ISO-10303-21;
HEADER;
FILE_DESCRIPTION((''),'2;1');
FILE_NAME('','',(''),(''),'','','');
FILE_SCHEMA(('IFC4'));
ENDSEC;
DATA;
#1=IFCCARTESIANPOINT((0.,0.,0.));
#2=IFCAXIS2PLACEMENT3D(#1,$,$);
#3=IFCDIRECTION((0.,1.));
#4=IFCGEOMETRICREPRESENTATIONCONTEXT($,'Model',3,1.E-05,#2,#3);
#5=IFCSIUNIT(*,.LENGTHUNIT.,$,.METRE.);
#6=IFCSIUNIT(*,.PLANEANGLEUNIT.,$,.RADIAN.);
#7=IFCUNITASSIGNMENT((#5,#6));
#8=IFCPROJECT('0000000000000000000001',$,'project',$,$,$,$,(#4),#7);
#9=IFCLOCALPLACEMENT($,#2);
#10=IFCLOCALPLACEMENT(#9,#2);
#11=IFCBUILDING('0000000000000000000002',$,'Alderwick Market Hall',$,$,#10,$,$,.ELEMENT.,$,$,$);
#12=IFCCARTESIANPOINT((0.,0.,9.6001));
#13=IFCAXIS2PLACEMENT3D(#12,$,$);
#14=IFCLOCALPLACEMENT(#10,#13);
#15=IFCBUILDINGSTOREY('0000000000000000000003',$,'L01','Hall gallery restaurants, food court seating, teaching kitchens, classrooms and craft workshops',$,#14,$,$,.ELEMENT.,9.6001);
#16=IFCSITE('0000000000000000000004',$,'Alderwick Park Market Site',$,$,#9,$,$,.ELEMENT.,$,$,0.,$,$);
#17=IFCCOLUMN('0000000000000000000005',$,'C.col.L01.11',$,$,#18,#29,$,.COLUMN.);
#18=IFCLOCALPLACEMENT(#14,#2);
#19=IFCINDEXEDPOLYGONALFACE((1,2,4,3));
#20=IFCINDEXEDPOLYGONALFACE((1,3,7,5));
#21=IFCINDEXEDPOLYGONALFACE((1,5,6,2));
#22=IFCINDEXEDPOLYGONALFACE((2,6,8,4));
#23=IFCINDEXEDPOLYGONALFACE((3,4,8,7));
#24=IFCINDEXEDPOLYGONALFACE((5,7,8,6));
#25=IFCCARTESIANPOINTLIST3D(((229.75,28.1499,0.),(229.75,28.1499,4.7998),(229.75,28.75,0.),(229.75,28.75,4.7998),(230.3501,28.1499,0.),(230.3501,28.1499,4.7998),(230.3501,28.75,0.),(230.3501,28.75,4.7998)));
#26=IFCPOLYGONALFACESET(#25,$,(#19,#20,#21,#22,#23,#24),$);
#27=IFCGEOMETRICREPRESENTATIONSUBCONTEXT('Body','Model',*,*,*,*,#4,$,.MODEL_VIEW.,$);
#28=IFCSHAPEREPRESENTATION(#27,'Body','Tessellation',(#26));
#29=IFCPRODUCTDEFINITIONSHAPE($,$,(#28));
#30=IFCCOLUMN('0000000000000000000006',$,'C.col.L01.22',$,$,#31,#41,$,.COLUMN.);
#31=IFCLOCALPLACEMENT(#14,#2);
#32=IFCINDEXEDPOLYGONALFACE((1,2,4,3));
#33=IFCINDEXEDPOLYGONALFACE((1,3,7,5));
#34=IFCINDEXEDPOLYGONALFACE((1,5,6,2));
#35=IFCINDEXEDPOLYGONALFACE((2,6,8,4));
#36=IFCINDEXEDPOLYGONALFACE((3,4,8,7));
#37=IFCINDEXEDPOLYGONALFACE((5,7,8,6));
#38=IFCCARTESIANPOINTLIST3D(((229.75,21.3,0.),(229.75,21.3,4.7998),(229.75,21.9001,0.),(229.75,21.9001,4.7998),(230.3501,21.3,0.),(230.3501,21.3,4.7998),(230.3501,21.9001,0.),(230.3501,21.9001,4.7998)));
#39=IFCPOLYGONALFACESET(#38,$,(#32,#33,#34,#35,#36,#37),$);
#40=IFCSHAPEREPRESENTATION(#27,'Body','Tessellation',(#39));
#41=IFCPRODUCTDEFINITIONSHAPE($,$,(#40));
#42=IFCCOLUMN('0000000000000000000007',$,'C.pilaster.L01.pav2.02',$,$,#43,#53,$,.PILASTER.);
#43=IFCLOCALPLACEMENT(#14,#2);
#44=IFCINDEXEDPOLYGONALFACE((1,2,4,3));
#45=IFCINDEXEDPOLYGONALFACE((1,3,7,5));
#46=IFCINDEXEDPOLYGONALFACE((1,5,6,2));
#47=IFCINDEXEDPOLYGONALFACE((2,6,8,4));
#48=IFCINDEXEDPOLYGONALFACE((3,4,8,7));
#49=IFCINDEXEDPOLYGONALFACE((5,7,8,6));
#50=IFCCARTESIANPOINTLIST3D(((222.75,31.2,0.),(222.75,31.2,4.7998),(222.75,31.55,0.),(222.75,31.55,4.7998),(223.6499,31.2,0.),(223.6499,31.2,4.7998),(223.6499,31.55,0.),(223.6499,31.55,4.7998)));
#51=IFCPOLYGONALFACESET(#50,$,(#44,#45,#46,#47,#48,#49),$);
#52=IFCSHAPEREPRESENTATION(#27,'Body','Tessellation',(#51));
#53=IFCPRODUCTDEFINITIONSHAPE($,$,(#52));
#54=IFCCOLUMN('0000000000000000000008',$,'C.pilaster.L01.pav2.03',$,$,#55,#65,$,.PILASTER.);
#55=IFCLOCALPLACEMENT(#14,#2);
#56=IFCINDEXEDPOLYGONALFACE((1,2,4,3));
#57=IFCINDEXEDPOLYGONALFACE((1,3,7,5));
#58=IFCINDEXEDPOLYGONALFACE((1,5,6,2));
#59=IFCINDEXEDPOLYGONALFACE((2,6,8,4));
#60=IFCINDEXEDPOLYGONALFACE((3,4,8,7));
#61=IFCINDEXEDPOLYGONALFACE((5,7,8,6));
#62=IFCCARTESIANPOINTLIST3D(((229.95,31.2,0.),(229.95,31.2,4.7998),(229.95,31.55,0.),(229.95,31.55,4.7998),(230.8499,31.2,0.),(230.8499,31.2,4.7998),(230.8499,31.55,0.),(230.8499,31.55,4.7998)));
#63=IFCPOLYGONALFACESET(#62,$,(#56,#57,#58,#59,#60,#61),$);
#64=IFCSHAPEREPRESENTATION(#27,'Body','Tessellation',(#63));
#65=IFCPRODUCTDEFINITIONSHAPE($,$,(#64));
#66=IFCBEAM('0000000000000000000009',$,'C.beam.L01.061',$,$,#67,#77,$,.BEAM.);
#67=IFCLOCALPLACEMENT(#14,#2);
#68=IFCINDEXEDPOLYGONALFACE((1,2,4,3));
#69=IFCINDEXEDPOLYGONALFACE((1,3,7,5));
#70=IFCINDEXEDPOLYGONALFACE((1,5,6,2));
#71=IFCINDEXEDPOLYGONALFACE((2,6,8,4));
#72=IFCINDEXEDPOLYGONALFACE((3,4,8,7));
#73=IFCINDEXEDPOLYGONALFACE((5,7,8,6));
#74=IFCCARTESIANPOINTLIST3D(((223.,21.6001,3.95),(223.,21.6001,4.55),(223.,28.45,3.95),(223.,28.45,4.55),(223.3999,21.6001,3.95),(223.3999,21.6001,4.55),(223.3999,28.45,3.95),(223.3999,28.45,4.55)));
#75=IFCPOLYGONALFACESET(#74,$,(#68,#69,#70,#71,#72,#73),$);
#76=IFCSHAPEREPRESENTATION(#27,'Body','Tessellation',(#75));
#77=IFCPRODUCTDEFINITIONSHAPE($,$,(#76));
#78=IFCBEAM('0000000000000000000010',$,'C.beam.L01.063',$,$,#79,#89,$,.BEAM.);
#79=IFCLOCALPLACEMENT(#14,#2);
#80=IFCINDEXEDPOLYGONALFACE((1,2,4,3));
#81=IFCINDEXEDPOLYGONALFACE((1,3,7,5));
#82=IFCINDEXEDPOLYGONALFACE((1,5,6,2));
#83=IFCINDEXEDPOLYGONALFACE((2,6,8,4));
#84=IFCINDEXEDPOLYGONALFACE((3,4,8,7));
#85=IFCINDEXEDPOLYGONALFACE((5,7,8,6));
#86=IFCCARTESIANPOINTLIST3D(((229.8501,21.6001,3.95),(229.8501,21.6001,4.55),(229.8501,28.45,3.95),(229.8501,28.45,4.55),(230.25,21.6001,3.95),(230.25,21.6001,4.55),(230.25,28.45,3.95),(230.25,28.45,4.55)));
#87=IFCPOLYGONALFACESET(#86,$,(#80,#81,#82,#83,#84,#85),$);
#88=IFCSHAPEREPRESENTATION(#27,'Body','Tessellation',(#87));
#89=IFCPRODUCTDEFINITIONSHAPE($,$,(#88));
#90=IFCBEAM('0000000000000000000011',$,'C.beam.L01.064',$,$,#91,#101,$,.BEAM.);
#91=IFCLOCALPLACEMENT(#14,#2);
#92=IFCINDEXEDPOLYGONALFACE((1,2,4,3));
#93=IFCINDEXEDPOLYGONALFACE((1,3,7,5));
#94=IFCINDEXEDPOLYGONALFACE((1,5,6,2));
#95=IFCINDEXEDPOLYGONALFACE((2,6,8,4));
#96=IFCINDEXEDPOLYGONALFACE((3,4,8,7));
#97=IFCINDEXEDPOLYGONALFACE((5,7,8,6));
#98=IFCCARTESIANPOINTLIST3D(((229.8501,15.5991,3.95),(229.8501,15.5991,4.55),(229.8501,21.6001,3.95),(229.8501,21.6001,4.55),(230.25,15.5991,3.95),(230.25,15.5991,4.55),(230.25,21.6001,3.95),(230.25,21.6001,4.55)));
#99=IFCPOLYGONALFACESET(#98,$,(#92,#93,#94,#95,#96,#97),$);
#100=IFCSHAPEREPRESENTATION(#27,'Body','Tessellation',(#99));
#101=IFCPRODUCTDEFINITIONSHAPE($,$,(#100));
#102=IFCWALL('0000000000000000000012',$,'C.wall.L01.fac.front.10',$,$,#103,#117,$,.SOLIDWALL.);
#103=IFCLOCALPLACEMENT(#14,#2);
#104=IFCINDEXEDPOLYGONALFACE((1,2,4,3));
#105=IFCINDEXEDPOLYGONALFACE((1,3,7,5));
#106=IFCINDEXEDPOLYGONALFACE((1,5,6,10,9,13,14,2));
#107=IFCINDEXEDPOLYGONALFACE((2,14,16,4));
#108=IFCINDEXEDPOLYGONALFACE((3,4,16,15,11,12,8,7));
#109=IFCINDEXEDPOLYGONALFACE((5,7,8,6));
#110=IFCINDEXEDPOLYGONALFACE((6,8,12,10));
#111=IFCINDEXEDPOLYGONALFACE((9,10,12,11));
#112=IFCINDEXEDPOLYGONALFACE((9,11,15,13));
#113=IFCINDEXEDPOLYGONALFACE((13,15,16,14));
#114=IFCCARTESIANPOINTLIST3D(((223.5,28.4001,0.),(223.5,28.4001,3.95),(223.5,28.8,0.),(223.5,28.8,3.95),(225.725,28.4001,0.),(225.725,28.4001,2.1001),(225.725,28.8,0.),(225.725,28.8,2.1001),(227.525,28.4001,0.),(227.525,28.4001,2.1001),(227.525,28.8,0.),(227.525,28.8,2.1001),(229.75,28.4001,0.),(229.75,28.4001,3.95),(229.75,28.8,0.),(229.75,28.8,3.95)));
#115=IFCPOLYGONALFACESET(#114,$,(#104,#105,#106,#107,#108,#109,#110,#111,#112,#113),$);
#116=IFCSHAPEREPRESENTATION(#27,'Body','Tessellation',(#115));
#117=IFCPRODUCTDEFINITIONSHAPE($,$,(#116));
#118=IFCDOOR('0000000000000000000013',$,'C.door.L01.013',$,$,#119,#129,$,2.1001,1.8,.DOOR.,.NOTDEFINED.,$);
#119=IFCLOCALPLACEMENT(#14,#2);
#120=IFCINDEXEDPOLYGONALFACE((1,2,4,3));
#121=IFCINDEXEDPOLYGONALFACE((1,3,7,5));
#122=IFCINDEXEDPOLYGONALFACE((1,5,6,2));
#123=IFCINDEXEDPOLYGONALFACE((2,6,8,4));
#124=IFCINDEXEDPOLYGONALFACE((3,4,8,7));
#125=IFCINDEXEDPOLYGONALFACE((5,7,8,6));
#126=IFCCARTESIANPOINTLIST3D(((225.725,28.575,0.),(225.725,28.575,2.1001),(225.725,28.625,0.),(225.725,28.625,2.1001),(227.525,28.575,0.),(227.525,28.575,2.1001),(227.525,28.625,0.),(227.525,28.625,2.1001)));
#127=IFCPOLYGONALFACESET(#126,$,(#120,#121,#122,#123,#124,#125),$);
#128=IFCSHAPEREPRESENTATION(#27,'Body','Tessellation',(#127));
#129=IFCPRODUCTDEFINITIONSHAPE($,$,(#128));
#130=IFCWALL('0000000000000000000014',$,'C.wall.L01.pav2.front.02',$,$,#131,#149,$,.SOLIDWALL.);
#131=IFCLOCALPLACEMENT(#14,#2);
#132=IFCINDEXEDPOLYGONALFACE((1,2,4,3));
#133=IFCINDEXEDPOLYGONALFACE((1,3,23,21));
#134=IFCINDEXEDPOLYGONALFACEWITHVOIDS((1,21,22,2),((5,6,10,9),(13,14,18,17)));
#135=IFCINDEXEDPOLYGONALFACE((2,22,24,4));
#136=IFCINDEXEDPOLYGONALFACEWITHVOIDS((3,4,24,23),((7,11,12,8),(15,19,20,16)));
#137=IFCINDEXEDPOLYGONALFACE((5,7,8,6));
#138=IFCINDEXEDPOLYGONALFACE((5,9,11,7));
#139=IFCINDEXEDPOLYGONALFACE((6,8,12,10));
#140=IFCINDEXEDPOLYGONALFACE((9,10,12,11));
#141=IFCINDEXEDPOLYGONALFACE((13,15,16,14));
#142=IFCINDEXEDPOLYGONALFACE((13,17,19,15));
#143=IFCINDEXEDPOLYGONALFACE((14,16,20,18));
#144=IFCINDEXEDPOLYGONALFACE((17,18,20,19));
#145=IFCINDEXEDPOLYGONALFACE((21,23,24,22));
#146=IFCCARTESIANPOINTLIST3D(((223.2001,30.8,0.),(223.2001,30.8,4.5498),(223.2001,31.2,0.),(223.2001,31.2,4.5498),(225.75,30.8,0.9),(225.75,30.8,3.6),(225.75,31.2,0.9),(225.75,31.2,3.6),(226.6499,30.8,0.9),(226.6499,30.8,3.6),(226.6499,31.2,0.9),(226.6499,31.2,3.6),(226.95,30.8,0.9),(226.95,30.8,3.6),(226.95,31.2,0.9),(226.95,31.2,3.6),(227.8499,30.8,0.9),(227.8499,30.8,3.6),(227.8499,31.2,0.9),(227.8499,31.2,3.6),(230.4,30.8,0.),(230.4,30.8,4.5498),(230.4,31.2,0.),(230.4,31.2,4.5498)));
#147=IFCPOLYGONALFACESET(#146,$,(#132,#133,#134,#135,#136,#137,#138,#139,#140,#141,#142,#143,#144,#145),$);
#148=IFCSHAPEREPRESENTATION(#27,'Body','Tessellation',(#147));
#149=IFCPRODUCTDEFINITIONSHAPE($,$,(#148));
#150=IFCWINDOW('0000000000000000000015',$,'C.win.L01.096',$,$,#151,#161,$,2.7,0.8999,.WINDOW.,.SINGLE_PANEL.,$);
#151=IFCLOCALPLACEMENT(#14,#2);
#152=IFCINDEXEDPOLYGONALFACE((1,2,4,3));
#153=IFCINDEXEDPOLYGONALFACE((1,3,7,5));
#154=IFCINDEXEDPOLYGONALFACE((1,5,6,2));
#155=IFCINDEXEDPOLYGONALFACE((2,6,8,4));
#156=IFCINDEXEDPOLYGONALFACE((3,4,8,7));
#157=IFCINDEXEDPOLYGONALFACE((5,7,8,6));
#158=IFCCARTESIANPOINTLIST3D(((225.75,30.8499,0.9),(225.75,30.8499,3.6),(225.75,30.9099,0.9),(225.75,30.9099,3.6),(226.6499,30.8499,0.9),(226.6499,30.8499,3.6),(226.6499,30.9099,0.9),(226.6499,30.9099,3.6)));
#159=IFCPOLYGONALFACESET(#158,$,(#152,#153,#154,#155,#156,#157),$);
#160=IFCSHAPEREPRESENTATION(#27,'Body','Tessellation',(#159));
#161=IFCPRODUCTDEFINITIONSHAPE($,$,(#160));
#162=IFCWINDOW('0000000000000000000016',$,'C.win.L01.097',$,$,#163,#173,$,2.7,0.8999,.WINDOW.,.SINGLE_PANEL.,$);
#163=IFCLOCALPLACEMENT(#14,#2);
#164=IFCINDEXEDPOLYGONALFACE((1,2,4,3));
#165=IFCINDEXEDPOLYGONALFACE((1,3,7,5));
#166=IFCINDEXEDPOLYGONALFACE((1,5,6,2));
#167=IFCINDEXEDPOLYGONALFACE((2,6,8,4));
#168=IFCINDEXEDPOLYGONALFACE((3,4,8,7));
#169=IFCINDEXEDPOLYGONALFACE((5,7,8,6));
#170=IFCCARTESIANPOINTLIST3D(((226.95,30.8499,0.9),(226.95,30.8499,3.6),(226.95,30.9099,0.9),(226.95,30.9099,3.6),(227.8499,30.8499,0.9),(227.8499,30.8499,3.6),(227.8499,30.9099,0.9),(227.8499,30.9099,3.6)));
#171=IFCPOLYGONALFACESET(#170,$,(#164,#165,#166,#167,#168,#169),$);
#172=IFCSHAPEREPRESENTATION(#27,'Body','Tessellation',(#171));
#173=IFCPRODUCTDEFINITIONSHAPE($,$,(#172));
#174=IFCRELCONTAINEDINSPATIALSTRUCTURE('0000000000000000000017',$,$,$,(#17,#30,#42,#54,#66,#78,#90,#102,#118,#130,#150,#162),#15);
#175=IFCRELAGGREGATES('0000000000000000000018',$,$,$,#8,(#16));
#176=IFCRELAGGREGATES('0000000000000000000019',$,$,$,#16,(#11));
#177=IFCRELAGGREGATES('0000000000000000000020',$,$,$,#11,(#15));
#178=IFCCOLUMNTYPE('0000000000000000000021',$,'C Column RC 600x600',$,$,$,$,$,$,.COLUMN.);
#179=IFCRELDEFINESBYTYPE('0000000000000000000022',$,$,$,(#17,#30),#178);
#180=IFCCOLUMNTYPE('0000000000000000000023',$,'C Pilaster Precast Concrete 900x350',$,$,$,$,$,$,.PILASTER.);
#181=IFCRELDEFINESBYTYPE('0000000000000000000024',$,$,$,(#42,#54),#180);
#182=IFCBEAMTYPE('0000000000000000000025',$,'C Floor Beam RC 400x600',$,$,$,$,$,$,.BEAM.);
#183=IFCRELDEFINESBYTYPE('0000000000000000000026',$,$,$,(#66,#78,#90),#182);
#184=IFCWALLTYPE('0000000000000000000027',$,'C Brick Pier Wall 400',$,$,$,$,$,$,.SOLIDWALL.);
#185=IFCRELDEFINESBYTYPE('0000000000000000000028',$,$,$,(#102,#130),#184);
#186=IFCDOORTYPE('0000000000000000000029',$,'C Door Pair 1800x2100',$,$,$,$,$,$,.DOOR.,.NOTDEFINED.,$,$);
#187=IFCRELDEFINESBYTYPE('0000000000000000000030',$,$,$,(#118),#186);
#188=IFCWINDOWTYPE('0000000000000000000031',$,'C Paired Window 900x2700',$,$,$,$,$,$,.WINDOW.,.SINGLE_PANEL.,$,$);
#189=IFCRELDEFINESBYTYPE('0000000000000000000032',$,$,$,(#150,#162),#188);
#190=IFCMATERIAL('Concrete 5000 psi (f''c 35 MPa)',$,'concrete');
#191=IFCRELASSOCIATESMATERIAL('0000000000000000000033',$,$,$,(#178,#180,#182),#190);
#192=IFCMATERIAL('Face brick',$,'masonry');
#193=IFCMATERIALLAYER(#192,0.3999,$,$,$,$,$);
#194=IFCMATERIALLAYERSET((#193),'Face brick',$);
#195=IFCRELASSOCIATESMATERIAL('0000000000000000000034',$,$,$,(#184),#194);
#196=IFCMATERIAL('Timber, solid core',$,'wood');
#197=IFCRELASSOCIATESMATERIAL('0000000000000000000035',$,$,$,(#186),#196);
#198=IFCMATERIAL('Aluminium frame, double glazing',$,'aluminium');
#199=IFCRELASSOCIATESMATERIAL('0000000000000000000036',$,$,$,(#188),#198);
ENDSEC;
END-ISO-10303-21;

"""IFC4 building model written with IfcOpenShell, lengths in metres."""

from ifc_helpers import new_model, si_unit, direction, frame, frame_2d, origin, origin_2d, place, context, subcontext, project, spatial, rectangle, extrude, material, layer, layer_set, material_profile, profile_set, type_object, element, fill, save


model = new_model("IFC4")

# Units and contexts
model_context = context("Model", 3, precision=1e-05, world=origin(), true_north=direction((0.0, 1.0)))
body_context = subcontext(model_context, "Body", "Model", "MODEL_VIEW")
ifc_project = project(units=[si_unit("LENGTHUNIT", "METRE"), si_unit("PLANEANGLEUNIT", "RADIAN")], contexts=[model_context])

# Site, building, storey
site_placement = place(None, origin())
site = spatial("IfcSite", under=ifc_project, at=site_placement, Name="Alderwick Park Market Site", CompositionType="ELEMENT", RefElevation=0.0)
building_placement = place(site_placement, origin())
building = spatial("IfcBuilding", under=site, at=building_placement, Name="Alderwick Market Hall", CompositionType="ELEMENT")
storey_placement = place(building_placement, frame((0.0, 0.0, 9.6001)))
storey = spatial("IfcBuildingStorey", under=building, at=storey_placement, Name="L01", Description="Hall gallery restaurants, food court seating, teaching kitchens, classrooms and craft workshops", CompositionType="ELEMENT", Elevation=9.6001)

# Columns
ifc_material_1 = material(Name="Concrete 5000 psi (f'c 35 MPa)", Category="concrete")
ifc_material_profile_1 = material_profile(ifc_material_1, rectangle(XDim=0.6001, YDim=0.6001, at=origin_2d()), Name="RC 600x600")
ifc_profile_set_1 = profile_set([ifc_material_profile_1], Name="Concrete 5000 psi (f'c 35 MPa)")
column_type_1 = type_object("IfcColumnType", Name="C Column RC 600x600", PredefinedType="COLUMN", material=ifc_profile_set_1)
for number, where, z_axis, x_axis, name in (
    (1, (230.05, 28.45, 0.0), (0.0, 0.0, 1.0), (1.0, 0.0, 0.0), "C.col.L01.11"),
    (2, (230.05, 21.6001, 0.0), (0.0, 0.0, 1.0), (1.0, 0.0, 0.0), "C.col.L01.22"),
):
    element("IfcColumn", number, at=place(storey_placement, frame(where, z_axis=z_axis, x_axis=x_axis)), inside=storey, type_object=column_type_1, Name=name, PredefinedType="COLUMN", context=body_context, shape_type="SweptSolid", body=[
        extrude(rectangle(XDim=0.6001, YDim=0.6001, at=origin_2d()), origin(), (0.0, 0.0, 1.0), 4.7998),
    ])
ifc_material_profile_2 = material_profile(ifc_material_1, rectangle(XDim=0.8999, YDim=0.3501, at=origin_2d()), Name="PC 900x350")
ifc_profile_set_2 = profile_set([ifc_material_profile_2], Name="Concrete 5000 psi (f'c 35 MPa)")
column_type_2 = type_object("IfcColumnType", Name="C Pilaster Precast Concrete 900x350", PredefinedType="PILASTER", material=ifc_profile_set_2)
for number, where, z_axis, x_axis, name in (
    (3, (223.2, 31.375, 0.0), (0.0, 0.0, 1.0), (1.0, 0.0, 0.0), "C.pilaster.L01.pav2.02"),
    (4, (230.3999, 31.375, 0.0), (0.0, 0.0, 1.0), (1.0, 0.0, 0.0), "C.pilaster.L01.pav2.03"),
):
    element("IfcColumn", number, at=place(storey_placement, frame(where, z_axis=z_axis, x_axis=x_axis)), inside=storey, type_object=column_type_2, Name=name, PredefinedType="PILASTER", context=body_context, shape_type="SweptSolid", body=[
        extrude(rectangle(XDim=0.8999, YDim=0.3501, at=origin_2d()), origin(), (0.0, 0.0, 1.0), 4.7998),
    ])

# Beams
ifc_material_profile_3 = material_profile(ifc_material_1, rectangle(XDim=0.3999, YDim=0.6001, at=origin_2d()), Name="RC 400x600")
ifc_profile_set_3 = profile_set([ifc_material_profile_3], Name="Concrete 5000 psi (f'c 35 MPa)")
beam_type = type_object("IfcBeamType", Name="C Floor Beam RC 400x600", PredefinedType="BEAM", material=ifc_profile_set_3)
for number, where, z_axis, x_axis, name in (
    (5, (223.2, 28.45, 4.25), (0.0, -1.0, 0.0), (1.0, 0.0, 0.0), "C.beam.L01.061"),
    (6, (230.05, 28.45, 4.25), (0.0, -1.0, 0.0), (1.0, 0.0, 0.0), "C.beam.L01.063"),
):
    element("IfcBeam", number, at=place(storey_placement, frame(where, z_axis=z_axis, x_axis=x_axis)), inside=storey, type_object=beam_type, Name=name, PredefinedType="BEAM", context=body_context, shape_type="SweptSolid", body=[
        extrude(rectangle(XDim=0.3999, YDim=0.6001, at=origin_2d()), origin(), (0.0, 0.0, 1.0), 6.8499),
    ])
beam_placement = place(storey_placement, frame((230.05, 21.6001, 4.25), z_axis=(0.0, -1.0, 0.0), x_axis=(1.0, 0.0, 0.0)))
element("IfcBeam", 7, at=beam_placement, inside=storey, type_object=beam_type, Name="C.beam.L01.064", PredefinedType="BEAM", context=body_context, shape_type="SweptSolid", body=[
    extrude(rectangle(XDim=0.3999, YDim=0.6001, at=origin_2d()), origin(), (0.0, 0.0, 1.0), 6.001),
])

# Wall, opening, door
ifc_material_2 = material(Name="Face brick", Category="masonry")
ifc_layer_1 = layer(ifc_material_2, 0.3999)
ifc_layer_set_1 = layer_set([ifc_layer_1], Name="Face brick")
wall_type_1 = type_object("IfcWallType", Name="C Brick Pier Wall 400", PredefinedType="SOLIDWALL", material=ifc_layer_set_1)
wall_1_placement = place(storey_placement, frame((223.5, 28.6001, 0.0), z_axis=(0.0, 0.0, 1.0), x_axis=(1.0, 0.0, 0.0)))
wall_1 = element("IfcWall", 8, at=wall_1_placement, inside=storey, type_object=wall_type_1, Name="C.wall.L01.fac.front.10", PredefinedType="SOLIDWALL", context=body_context, shape_type="SweptSolid", body=[
    extrude(rectangle(XDim=6.25, YDim=0.3999, at=frame_2d((3.125, 0.0))), origin(), (0.0, 0.0, 1.0), 3.95),
])
opening_1_placement = place(wall_1_placement, frame((2.2251, 0.0, 0.0)))
opening_1 = element("IfcOpeningElement", 9, at=opening_1_placement, cuts=wall_1, PredefinedType="OPENING", context=body_context, shape_type="SweptSolid", body=[
    extrude(rectangle(XDim=1.8, YDim=2.1001, at=frame_2d((0.8999, 1.05))), frame((0.0, 0.21, 0.0), z_axis=(0.0, -1.0, 0.0), x_axis=(1.0, 0.0, 0.0)), (0.0, 0.0, 1.0), 0.4199),
])
ifc_material_3 = material(Name="Timber, solid core", Category="wood")
door_type = type_object("IfcDoorType", Name="C Door Pair 1800x2100", OperationType="NOTDEFINED", PredefinedType="DOOR", material=ifc_material_3)
door_placement = place(opening_1_placement, origin())
door = element("IfcDoor", 10, at=door_placement, inside=storey, type_object=door_type, Name="C.door.L01.013", OperationType="NOTDEFINED", OverallHeight=2.1001, OverallWidth=1.8, PredefinedType="DOOR", context=body_context, shape_type="SweptSolid", body=[
    extrude(rectangle(XDim=1.8, YDim=2.1001, at=frame_2d((0.8999, 1.05))), frame((0.0, 0.0249, 0.0), z_axis=(0.0, -1.0, 0.0), x_axis=(1.0, 0.0, 0.0)), (0.0, 0.0, 1.0), 0.05),
])
fill(opening_1, door)

# Wall, openings, windows
wall_2_placement = place(storey_placement, frame((223.2, 31.0, 0.0), z_axis=(0.0, 0.0, 1.0), x_axis=(1.0, 0.0, 0.0)))
wall_2 = element("IfcWall", 11, at=wall_2_placement, inside=storey, type_object=wall_type_1, Name="C.wall.L01.pav2.front.02", PredefinedType="SOLIDWALL", context=body_context, shape_type="SweptSolid", body=[
    extrude(rectangle(XDim=7.2, YDim=0.3999, at=frame_2d((3.6001, 0.0))), origin(), (0.0, 0.0, 1.0), 4.5498),
])
opening_2_placement = place(wall_2_placement, frame((2.55, 0.0, 0.8999)))
opening_2 = element("IfcOpeningElement", 12, at=opening_2_placement, cuts=wall_2, PredefinedType="OPENING", context=body_context, shape_type="SweptSolid", body=[
    extrude(rectangle(XDim=0.8999, YDim=2.7, at=frame_2d((0.45, 1.3501))), frame((0.0, 0.21, 0.0), z_axis=(0.0, -1.0, 0.0), x_axis=(1.0, 0.0, 0.0)), (0.0, 0.0, 1.0), 0.4199),
])
opening_3_placement = place(wall_2_placement, frame((3.75, 0.0, 0.8999)))
opening_3 = element("IfcOpeningElement", 13, at=opening_3_placement, cuts=wall_2, PredefinedType="OPENING", context=body_context, shape_type="SweptSolid", body=[
    extrude(rectangle(XDim=0.8999, YDim=2.7, at=frame_2d((0.45, 1.3501))), frame((0.0, 0.21, 0.0), z_axis=(0.0, -1.0, 0.0), x_axis=(1.0, 0.0, 0.0)), (0.0, 0.0, 1.0), 0.4199),
])
ifc_material_4 = material(Name="Aluminium frame, double glazing", Category="aluminium")
window_type = type_object("IfcWindowType", Name="C Paired Window 900x2700", PartitioningType="SINGLE_PANEL", PredefinedType="WINDOW", material=ifc_material_4)
window_1_placement = place(opening_2_placement, origin())
window_1 = element("IfcWindow", 14, at=window_1_placement, inside=storey, type_object=window_type, Name="C.win.L01.096", OverallHeight=2.7, OverallWidth=0.8999, PartitioningType="SINGLE_PANEL", PredefinedType="WINDOW", context=body_context, shape_type="SweptSolid", body=[
    extrude(rectangle(XDim=0.8999, YDim=2.7, at=frame_2d((0.45, 1.3501))), frame((0.0, -0.0901, 0.0), z_axis=(0.0, -1.0, 0.0), x_axis=(1.0, 0.0, 0.0)), (0.0, 0.0, 1.0), 0.0601),
])
fill(opening_2, window_1)
window_2_placement = place(opening_3_placement, origin())
window_2 = element("IfcWindow", 15, at=window_2_placement, inside=storey, type_object=window_type, Name="C.win.L01.097", OverallHeight=2.7, OverallWidth=0.8999, PartitioningType="SINGLE_PANEL", PredefinedType="WINDOW", context=body_context, shape_type="SweptSolid", body=[
    extrude(rectangle(XDim=0.8999, YDim=2.7, at=frame_2d((0.45, 1.3501))), frame((0.0, -0.0901, 0.0), z_axis=(0.0, -1.0, 0.0), x_axis=(1.0, 0.0, 0.0)), (0.0, 0.0, 1.0), 0.0601),
])
fill(opening_3, window_2)

save(model, "model.ifc")
